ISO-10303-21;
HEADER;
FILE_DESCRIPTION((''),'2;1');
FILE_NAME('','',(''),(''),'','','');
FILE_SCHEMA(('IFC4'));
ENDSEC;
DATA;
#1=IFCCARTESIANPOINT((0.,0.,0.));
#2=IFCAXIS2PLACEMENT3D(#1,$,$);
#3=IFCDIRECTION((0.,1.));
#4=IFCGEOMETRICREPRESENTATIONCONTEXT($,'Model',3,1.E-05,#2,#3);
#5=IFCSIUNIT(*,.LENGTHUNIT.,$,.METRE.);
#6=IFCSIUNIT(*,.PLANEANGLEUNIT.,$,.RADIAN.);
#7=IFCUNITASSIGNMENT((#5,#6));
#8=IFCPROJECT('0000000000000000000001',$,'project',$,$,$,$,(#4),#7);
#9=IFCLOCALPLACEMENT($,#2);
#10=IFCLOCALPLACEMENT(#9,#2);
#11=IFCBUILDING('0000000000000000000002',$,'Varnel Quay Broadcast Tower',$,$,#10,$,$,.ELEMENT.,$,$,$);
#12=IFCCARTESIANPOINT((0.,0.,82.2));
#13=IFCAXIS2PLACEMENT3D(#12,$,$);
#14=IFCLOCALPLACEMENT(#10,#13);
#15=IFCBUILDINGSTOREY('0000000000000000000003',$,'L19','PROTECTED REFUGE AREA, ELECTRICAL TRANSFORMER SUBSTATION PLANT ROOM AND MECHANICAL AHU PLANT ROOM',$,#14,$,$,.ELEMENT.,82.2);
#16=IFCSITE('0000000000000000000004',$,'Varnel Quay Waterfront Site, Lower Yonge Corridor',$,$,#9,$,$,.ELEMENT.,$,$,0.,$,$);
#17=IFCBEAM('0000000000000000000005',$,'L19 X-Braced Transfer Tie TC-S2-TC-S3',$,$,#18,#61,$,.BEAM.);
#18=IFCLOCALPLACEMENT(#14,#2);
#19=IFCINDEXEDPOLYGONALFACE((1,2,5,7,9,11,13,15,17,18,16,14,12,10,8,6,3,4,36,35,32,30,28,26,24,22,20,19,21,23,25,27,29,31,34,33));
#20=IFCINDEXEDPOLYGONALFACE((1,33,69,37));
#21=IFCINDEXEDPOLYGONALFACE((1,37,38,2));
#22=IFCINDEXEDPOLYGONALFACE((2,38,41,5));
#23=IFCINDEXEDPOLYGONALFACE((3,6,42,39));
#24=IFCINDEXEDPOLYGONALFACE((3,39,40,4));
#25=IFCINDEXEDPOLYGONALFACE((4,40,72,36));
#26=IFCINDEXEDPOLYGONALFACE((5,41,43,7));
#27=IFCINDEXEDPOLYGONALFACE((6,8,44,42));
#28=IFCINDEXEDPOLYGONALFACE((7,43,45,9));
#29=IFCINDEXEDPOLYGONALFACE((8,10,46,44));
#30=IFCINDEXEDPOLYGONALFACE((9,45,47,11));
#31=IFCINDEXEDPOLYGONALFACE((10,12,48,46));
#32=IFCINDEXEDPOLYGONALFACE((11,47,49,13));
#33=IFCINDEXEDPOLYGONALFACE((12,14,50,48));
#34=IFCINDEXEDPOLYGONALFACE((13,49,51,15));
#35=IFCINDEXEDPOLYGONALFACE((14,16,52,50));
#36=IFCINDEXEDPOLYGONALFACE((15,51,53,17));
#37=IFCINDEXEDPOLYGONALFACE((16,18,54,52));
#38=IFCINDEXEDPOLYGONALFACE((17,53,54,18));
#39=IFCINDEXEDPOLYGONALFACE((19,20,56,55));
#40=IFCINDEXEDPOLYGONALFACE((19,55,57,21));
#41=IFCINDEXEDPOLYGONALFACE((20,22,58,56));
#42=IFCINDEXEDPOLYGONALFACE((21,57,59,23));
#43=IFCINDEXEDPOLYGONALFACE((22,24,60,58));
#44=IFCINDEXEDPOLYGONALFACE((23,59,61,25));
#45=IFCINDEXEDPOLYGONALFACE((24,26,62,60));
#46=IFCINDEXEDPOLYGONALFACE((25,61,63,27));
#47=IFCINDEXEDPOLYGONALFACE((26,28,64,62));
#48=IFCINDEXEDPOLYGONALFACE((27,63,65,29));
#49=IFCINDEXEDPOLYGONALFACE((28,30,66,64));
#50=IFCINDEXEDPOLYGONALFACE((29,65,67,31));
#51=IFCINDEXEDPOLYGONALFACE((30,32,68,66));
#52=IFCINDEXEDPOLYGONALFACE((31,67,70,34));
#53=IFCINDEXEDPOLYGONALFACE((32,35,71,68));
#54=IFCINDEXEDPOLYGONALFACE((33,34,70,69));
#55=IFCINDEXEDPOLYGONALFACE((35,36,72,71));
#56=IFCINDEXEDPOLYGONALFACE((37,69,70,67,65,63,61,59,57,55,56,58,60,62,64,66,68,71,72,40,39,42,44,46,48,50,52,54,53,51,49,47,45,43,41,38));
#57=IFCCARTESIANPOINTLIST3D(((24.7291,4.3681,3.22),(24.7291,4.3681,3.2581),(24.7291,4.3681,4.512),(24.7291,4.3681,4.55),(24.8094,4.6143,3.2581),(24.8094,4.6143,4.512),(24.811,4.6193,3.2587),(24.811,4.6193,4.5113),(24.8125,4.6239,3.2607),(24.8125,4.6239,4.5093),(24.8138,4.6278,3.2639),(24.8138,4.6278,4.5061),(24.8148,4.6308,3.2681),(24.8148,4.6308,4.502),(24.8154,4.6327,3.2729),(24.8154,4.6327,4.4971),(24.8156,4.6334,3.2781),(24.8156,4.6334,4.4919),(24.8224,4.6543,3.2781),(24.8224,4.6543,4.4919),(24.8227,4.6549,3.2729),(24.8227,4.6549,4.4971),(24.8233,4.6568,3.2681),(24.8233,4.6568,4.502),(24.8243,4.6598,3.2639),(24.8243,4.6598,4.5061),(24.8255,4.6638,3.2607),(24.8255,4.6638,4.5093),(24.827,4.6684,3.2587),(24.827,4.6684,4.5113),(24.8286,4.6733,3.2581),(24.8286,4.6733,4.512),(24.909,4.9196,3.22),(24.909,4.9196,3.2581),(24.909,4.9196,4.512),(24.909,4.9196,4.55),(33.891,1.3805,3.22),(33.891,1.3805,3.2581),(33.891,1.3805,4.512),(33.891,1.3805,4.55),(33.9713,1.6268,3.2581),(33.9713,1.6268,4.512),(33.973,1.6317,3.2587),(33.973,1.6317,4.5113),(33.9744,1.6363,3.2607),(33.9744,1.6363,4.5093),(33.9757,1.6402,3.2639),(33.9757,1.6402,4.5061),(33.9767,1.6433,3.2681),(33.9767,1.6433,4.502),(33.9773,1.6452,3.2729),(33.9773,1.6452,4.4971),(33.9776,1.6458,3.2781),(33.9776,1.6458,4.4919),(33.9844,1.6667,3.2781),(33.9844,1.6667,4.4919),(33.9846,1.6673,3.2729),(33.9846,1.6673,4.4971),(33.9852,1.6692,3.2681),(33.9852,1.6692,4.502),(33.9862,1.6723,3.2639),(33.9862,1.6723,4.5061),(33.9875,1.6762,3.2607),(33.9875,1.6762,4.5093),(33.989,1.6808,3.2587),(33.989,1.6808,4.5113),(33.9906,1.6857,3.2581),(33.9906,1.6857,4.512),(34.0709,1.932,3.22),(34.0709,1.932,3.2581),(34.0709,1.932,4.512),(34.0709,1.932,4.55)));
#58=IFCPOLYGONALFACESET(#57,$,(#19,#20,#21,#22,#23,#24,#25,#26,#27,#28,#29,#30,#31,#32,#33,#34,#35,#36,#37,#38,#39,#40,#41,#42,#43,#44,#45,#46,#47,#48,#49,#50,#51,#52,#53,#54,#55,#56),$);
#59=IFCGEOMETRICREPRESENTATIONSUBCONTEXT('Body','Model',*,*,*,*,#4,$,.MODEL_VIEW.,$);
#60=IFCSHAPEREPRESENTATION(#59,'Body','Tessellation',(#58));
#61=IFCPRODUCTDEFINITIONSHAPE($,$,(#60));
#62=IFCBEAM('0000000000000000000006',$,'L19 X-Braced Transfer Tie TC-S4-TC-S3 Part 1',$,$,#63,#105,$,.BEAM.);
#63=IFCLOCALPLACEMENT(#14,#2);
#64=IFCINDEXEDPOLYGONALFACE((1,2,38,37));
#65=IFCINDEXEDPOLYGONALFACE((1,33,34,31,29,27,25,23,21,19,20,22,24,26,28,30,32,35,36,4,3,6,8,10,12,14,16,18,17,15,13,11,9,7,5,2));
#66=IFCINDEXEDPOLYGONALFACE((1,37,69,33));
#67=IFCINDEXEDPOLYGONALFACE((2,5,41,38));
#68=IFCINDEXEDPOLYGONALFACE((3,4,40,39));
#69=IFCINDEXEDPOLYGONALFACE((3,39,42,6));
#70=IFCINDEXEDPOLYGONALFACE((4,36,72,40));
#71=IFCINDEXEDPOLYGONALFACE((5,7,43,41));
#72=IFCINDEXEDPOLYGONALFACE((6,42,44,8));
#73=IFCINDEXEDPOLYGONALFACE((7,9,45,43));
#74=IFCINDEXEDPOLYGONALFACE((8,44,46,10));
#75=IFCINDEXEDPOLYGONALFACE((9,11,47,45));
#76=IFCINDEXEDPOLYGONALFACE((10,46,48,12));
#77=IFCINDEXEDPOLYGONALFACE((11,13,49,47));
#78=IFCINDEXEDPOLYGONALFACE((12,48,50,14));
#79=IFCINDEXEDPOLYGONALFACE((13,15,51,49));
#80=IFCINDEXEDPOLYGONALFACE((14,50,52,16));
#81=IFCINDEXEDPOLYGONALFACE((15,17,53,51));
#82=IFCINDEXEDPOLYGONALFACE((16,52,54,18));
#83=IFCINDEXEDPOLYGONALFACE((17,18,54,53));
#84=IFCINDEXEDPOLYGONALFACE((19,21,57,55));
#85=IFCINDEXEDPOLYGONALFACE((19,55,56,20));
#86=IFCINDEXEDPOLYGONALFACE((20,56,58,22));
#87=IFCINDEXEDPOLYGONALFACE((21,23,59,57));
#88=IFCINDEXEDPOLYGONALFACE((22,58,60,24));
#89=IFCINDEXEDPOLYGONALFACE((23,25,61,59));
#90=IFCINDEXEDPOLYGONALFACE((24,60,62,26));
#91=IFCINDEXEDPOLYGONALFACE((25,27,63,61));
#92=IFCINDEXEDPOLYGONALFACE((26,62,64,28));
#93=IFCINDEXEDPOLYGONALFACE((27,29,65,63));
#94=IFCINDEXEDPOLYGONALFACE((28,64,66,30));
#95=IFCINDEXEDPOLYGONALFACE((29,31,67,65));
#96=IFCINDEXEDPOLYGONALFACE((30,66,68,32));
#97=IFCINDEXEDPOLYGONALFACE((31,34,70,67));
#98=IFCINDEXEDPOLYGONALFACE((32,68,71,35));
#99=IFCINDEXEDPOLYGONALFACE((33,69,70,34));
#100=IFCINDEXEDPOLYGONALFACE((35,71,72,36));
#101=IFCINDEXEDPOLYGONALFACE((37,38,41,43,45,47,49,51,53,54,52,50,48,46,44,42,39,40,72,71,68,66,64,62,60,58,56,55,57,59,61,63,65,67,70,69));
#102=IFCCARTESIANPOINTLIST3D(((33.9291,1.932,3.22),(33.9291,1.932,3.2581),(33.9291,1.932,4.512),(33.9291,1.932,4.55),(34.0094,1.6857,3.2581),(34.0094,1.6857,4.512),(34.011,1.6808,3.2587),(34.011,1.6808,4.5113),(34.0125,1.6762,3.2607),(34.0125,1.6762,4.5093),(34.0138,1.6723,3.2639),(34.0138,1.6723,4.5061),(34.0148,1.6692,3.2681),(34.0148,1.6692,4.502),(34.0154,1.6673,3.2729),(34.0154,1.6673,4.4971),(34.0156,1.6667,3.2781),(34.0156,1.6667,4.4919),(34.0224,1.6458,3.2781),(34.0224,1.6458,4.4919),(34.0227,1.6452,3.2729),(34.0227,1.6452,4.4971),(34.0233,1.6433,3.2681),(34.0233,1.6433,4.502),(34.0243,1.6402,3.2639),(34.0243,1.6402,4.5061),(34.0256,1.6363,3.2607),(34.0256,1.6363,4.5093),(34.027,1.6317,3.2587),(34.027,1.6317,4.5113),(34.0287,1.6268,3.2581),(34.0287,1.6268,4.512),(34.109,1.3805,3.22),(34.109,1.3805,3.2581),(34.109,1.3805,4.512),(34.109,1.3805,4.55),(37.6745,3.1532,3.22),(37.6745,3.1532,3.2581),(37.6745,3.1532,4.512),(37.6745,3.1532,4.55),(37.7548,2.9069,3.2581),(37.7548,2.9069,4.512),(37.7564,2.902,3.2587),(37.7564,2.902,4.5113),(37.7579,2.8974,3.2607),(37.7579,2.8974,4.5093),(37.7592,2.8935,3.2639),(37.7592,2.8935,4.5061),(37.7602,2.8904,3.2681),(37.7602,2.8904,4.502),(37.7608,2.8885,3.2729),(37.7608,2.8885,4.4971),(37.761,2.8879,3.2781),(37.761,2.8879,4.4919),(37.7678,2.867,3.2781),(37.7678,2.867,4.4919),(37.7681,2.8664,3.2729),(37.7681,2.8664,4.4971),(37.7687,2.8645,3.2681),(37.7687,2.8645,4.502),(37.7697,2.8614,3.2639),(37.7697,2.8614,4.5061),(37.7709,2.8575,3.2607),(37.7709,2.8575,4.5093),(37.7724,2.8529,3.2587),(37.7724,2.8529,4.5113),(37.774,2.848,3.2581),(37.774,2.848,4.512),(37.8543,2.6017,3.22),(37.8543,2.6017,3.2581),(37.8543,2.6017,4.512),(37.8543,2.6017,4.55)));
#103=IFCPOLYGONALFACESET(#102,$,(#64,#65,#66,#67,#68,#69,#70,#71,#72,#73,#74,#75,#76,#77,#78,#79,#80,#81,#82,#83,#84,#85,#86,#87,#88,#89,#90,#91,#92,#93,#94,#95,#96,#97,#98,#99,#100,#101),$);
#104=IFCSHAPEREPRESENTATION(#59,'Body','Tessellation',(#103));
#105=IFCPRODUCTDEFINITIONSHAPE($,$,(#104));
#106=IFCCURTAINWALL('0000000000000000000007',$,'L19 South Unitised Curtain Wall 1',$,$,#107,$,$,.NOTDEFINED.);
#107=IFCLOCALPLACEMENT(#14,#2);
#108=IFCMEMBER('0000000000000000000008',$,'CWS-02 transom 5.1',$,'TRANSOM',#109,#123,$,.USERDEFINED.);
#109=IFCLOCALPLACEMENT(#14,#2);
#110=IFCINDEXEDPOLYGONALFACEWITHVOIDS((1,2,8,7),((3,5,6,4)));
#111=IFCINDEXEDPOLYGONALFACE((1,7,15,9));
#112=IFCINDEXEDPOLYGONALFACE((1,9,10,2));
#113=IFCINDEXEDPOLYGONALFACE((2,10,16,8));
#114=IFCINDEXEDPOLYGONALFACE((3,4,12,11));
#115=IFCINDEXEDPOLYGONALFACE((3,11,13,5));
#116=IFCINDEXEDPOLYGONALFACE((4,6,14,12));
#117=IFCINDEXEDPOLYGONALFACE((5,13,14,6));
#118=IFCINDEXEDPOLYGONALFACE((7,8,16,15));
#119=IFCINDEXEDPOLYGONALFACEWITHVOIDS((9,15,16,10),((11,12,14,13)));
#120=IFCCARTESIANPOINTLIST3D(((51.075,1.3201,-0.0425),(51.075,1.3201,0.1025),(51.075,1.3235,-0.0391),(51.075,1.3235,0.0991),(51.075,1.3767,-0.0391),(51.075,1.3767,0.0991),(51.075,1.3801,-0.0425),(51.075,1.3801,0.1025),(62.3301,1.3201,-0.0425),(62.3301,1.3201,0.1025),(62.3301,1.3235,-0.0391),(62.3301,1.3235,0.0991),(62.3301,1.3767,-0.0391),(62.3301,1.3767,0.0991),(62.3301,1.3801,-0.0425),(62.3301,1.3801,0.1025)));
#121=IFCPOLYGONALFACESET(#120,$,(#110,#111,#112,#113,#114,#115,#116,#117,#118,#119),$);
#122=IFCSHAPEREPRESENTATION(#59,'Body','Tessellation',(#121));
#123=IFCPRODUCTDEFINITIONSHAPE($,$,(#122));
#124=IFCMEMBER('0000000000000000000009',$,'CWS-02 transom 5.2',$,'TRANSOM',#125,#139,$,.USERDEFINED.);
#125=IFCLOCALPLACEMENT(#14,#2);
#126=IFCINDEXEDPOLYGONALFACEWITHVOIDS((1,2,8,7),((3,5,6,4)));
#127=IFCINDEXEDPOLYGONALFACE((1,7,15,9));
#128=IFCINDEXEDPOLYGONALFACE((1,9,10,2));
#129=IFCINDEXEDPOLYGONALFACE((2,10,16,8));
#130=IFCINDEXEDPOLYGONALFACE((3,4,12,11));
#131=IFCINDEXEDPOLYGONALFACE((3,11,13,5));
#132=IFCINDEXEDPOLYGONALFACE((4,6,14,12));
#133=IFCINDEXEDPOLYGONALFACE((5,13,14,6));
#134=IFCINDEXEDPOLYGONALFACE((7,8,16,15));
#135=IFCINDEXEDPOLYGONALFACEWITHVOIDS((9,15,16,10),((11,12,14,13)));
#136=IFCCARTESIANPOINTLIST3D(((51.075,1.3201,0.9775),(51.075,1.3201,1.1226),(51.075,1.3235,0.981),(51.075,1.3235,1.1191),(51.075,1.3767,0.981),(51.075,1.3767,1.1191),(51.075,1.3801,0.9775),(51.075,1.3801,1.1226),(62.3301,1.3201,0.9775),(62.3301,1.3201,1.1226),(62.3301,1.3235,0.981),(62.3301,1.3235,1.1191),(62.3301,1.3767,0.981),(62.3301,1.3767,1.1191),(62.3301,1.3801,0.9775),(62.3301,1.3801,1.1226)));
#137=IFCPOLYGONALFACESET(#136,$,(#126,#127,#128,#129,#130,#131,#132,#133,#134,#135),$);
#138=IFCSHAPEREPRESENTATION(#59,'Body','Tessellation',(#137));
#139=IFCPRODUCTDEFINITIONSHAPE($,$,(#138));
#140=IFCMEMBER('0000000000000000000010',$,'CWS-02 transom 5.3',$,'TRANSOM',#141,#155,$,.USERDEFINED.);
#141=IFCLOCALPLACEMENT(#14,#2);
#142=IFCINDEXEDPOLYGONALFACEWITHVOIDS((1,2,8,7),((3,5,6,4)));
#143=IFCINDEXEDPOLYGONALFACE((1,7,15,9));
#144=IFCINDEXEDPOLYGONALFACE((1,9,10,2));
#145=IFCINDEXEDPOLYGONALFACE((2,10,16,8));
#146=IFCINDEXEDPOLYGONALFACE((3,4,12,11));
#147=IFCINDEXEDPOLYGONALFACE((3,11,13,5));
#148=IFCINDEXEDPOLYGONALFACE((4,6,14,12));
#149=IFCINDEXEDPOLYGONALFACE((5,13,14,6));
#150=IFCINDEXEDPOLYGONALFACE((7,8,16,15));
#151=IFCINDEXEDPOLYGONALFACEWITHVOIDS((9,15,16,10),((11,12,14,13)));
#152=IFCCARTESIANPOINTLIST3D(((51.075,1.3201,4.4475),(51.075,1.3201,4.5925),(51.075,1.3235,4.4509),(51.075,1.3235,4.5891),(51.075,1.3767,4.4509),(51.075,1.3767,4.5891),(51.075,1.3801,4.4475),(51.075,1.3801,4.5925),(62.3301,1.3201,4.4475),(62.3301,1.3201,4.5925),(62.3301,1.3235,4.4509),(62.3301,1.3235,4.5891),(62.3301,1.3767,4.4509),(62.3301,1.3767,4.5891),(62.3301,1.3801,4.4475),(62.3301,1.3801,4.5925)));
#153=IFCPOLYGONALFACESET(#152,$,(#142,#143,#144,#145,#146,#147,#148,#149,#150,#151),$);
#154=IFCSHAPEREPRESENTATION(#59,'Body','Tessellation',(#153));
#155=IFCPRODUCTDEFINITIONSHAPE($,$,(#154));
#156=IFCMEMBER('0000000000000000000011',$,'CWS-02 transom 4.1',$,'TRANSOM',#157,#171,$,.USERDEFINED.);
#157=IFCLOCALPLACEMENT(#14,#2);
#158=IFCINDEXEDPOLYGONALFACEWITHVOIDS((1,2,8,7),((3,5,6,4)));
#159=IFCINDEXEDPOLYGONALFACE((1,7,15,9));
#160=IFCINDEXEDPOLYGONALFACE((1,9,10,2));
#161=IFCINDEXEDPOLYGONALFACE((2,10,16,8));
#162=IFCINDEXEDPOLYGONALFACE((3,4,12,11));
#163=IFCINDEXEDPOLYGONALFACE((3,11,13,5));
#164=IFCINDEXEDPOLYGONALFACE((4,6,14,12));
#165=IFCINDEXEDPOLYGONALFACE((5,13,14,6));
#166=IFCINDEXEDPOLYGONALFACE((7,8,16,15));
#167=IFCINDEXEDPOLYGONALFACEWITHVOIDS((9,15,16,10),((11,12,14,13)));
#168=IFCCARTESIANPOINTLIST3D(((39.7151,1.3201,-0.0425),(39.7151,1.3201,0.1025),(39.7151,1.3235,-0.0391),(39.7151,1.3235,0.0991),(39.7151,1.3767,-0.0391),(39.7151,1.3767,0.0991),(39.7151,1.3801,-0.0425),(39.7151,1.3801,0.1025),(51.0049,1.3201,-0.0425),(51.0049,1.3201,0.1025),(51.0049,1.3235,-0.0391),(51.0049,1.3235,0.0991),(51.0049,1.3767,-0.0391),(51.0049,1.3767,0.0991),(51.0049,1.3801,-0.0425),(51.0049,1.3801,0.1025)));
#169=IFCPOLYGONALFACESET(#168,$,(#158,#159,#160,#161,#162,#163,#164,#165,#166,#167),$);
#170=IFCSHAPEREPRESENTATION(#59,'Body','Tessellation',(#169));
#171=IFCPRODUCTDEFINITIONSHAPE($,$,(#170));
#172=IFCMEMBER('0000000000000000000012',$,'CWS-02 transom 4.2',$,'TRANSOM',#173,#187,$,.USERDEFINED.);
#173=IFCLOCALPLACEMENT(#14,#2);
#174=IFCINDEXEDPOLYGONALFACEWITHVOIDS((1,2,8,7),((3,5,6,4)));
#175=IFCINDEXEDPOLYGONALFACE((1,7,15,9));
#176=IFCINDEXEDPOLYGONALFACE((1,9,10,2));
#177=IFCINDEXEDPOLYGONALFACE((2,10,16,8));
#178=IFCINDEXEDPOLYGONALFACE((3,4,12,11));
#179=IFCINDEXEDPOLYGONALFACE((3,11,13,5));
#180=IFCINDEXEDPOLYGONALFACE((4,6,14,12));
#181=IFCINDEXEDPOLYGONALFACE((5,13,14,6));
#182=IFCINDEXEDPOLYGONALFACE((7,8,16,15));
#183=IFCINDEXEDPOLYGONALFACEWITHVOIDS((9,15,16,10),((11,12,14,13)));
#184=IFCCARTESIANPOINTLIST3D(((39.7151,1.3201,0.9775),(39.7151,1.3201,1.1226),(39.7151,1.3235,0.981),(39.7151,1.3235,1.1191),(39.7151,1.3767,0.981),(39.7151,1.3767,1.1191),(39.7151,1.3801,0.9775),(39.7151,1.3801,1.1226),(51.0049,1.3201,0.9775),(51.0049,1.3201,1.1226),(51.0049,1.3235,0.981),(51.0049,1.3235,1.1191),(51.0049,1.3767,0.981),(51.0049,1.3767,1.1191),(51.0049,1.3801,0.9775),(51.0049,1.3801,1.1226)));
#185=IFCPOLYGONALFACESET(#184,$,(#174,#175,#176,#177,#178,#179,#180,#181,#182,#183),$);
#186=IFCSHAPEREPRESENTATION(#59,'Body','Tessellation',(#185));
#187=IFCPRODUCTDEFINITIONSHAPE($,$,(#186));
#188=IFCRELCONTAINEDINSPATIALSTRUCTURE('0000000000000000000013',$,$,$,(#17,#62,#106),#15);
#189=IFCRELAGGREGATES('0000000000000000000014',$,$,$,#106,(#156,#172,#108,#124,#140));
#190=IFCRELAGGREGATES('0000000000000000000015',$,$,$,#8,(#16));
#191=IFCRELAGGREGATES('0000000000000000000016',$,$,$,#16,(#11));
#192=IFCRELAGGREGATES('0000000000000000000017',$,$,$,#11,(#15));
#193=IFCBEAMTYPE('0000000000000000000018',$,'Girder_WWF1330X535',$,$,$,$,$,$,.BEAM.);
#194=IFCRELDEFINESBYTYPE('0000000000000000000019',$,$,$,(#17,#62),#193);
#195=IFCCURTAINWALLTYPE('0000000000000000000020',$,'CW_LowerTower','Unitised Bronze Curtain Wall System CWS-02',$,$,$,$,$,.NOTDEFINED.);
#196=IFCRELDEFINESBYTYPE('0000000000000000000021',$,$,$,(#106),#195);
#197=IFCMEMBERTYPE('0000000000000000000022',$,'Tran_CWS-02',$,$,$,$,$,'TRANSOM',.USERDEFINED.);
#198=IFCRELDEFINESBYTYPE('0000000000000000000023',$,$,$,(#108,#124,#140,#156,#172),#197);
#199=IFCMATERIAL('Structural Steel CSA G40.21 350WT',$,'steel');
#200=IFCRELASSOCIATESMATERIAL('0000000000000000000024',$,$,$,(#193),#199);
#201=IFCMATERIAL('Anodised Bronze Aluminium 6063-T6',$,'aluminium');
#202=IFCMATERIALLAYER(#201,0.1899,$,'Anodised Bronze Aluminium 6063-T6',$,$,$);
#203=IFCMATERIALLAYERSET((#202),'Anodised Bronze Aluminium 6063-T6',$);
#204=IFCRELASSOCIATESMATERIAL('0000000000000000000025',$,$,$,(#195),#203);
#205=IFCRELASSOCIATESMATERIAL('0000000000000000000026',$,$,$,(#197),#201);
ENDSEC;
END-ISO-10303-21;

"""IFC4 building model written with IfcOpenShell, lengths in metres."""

from ifc_helpers import new_model, si_unit, direction, frame, origin, origin_2d, place, context, subcontext, project, spatial, hollow_rectangle, i_section, extrude, source, transform, mapped, material, layer, layer_set, material_profile, profile_set, type_object, type_shapes, element, aggregate, save


model = new_model("IFC4")

# Units and contexts
model_context = context("Model", 3, precision=1e-05, world=origin(), true_north=direction((0.0, 1.0)))
body_context = subcontext(model_context, "Body", "Model", "MODEL_VIEW")
ifc_project = project(units=[si_unit("LENGTHUNIT", "METRE"), si_unit("PLANEANGLEUNIT", "RADIAN")], contexts=[model_context])

# Site, building, storey
site_placement = place(None, origin())
site = spatial("IfcSite", under=ifc_project, at=site_placement, Name="Varnel Quay Waterfront Site, Lower Yonge Corridor", CompositionType="ELEMENT", RefElevation=0.0)
building_placement = place(site_placement, origin())
building = spatial("IfcBuilding", under=site, at=building_placement, Name="Varnel Quay Broadcast Tower", CompositionType="ELEMENT")
storey_placement = place(building_placement, frame((0.0, 0.0, 82.2)))
storey = spatial("IfcBuildingStorey", under=building, at=storey_placement, Name="L19", Description="PROTECTED REFUGE AREA, ELECTRICAL TRANSFORMER SUBSTATION PLANT ROOM AND MECHANICAL AHU PLANT ROOM", CompositionType="ELEMENT", Elevation=82.2)

# Beams
ifc_material_1 = material(Name="Structural Steel CSA G40.21 350WT", Category="steel")
ifc_material_profile_1 = material_profile(ifc_material_1, i_section(OverallWidth=0.5801, OverallDepth=1.3301, WebThickness=0.022, FlangeThickness=0.0381, FilletRadius=0.02, at=origin_2d()), Name="WWF1330X535")
ifc_profile_set_1 = profile_set([ifc_material_profile_1], Name="Structural Steel CSA G40.21 350WT")
beam_type = type_object("IfcBeamType", Name="Girder_WWF1330X535", PredefinedType="BEAM", material=ifc_profile_set_1)
shared_shape_1 = source(origin(), body_context, "Body", "SweptSolid", [
    extrude(i_section(OverallWidth=0.5801, OverallDepth=1.3301, WebThickness=0.022, FlangeThickness=0.0381, FilletRadius=0.02, at=origin_2d()), origin(), (0.0, 0.0, 1.0), 9.6367),
])
beam_1_placement = place(storey_placement, frame((33.981, 1.6562, 3.885), z_axis=(-0.95073, 0.310019, 0.0), x_axis=(-0.310019, -0.95073, 0.0)))
element("IfcBeam", 1, at=beam_1_placement, inside=storey, type_object=beam_type, Name="L19 X-Braced Transfer Tie TC-S2-TC-S3", PredefinedType="BEAM", context=body_context, shape_type="MappedRepresentation", body=[
    mapped(shared_shape_1, transform((0.0, 0.0, 0.0), x_axis=(1.0, 0.0, 0.0), y_axis=(0.0, 1.0, 0.0), z_axis=(0.0, 0.0, 1.0), scale=1.0)),
])
shared_shape_2 = source(origin(), body_context, "Body", "SweptSolid", [
    extrude(i_section(OverallWidth=0.5801, OverallDepth=1.3301, WebThickness=0.022, FlangeThickness=0.0381, FilletRadius=0.02, at=origin_2d()), origin(), (0.0, 0.0, 1.0), 3.9395),
])
beam_2_placement = place(storey_placement, frame((34.019, 1.6562, 3.885), z_axis=(0.950739, 0.309993, 0.0), x_axis=(-0.309993, 0.950739, 0.0)))
element("IfcBeam", 2, at=beam_2_placement, inside=storey, type_object=beam_type, Name="L19 X-Braced Transfer Tie TC-S4-TC-S3 Part 1", PredefinedType="BEAM", context=body_context, shape_type="MappedRepresentation", body=[
    mapped(shared_shape_2, transform((0.0, 0.0, 0.0), x_axis=(1.0, 0.0, 0.0), y_axis=(0.0, 1.0, 0.0), z_axis=(0.0, 0.0, 1.0), scale=1.0)),
])

# Curtain wall, members
ifc_material_2 = material(Name="Anodised Bronze Aluminium 6063-T6", Category="aluminium")
ifc_layer_1 = layer(ifc_material_2, 0.1899, Name="Anodised Bronze Aluminium 6063-T6")
ifc_layer_set_1 = layer_set([ifc_layer_1], Name="Anodised Bronze Aluminium 6063-T6")
curtain_wall_type = type_object("IfcCurtainWallType", Name="CW_LowerTower", Description="Unitised Bronze Curtain Wall System CWS-02", PredefinedType="NOTDEFINED", material=ifc_layer_set_1)
curtain_wall_placement = place(storey_placement, origin())
curtain_wall = element("IfcCurtainWall", 3, at=curtain_wall_placement, inside=storey, type_object=curtain_wall_type, Name="L19 South Unitised Curtain Wall 1", PredefinedType="NOTDEFINED")
ifc_material_profile_2 = material_profile(ifc_material_2, hollow_rectangle(XDim=0.0601, YDim=0.145, WallThickness=0.0034, at=origin_2d()), Name="ALU60X145X3.5")
ifc_profile_set_2 = profile_set([ifc_material_profile_2], Name="Anodised Bronze Aluminium 6063-T6")
member_type_1 = type_object("IfcMemberType", Name="Tran_CWS-02", ElementType="TRANSOM", PredefinedType="USERDEFINED", material=ifc_profile_set_2)
shared_shape_3 = source(origin(), body_context, "Body", "SweptSolid", [
    extrude(hollow_rectangle(XDim=0.0601, YDim=0.145, WallThickness=0.0034, at=origin_2d()), origin(), (0.0, 0.0, 1.0), 11.2551),
])
member_1_placement = place(storey_placement, frame((51.075, 1.3501, 0.03), z_axis=(1.0, 0.0, 0.0), x_axis=(0.0, 1.0, 0.0)))
member_1 = element("IfcMember", 4, at=member_1_placement, type_object=member_type_1, Name="CWS-02 transom 5.1", ObjectType="TRANSOM", PredefinedType="USERDEFINED", context=body_context, shape_type="MappedRepresentation", body=[
    mapped(shared_shape_3, transform((0.0, 0.0, 0.0), x_axis=(1.0, 0.0, 0.0), y_axis=(0.0, 1.0, 0.0), z_axis=(0.0, 0.0, 1.0), scale=1.0)),
])
member_2_placement = place(storey_placement, frame((51.075, 1.3501, 1.05), z_axis=(1.0, 0.0, 0.0), x_axis=(0.0, 1.0, 0.0)))
member_2 = element("IfcMember", 5, at=member_2_placement, type_object=member_type_1, Name="CWS-02 transom 5.2", ObjectType="TRANSOM", PredefinedType="USERDEFINED", context=body_context, shape_type="MappedRepresentation", body=[
    mapped(shared_shape_3, transform((0.0, 0.0, 0.0), x_axis=(1.0, 0.0, 0.0), y_axis=(0.0, 1.0, 0.0), z_axis=(0.0, 0.0, 1.0), scale=1.0)),
])
member_3_placement = place(storey_placement, frame((51.075, 1.3501, 4.52), z_axis=(1.0, 0.0, 0.0), x_axis=(0.0, 1.0, 0.0)))
member_3 = element("IfcMember", 6, at=member_3_placement, type_object=member_type_1, Name="CWS-02 transom 5.3", ObjectType="TRANSOM", PredefinedType="USERDEFINED", context=body_context, shape_type="MappedRepresentation", body=[
    mapped(shared_shape_3, transform((0.0, 0.0, 0.0), x_axis=(1.0, 0.0, 0.0), y_axis=(0.0, 1.0, 0.0), z_axis=(0.0, 0.0, 1.0), scale=1.0)),
])
shared_shape_4 = source(origin(), body_context, "Body", "SweptSolid", [
    extrude(hollow_rectangle(XDim=0.0601, YDim=0.145, WallThickness=0.0034, at=origin_2d()), origin(), (0.0, 0.0, 1.0), 11.2898),
])
type_shapes(member_type_1, [shared_shape_3, shared_shape_4])
member_4_placement = place(storey_placement, frame((39.7151, 1.3501, 0.03), z_axis=(1.0, 0.0, 0.0), x_axis=(0.0, 1.0, 0.0)))
member_4 = element("IfcMember", 7, at=member_4_placement, type_object=member_type_1, Name="CWS-02 transom 4.1", ObjectType="TRANSOM", PredefinedType="USERDEFINED", context=body_context, shape_type="MappedRepresentation", body=[
    mapped(shared_shape_4, transform((0.0, 0.0, 0.0), x_axis=(1.0, 0.0, 0.0), y_axis=(0.0, 1.0, 0.0), z_axis=(0.0, 0.0, 1.0), scale=1.0)),
])
member_5_placement = place(storey_placement, frame((39.7151, 1.3501, 1.05), z_axis=(1.0, 0.0, 0.0), x_axis=(0.0, 1.0, 0.0)))
member_5 = element("IfcMember", 8, at=member_5_placement, type_object=member_type_1, Name="CWS-02 transom 4.2", ObjectType="TRANSOM", PredefinedType="USERDEFINED", context=body_context, shape_type="MappedRepresentation", body=[
    mapped(shared_shape_4, transform((0.0, 0.0, 0.0), x_axis=(1.0, 0.0, 0.0), y_axis=(0.0, 1.0, 0.0), z_axis=(0.0, 0.0, 1.0), scale=1.0)),
])
aggregate(curtain_wall, [member_4, member_5, member_1, member_2, member_3])

save(model, "model.ifc")
